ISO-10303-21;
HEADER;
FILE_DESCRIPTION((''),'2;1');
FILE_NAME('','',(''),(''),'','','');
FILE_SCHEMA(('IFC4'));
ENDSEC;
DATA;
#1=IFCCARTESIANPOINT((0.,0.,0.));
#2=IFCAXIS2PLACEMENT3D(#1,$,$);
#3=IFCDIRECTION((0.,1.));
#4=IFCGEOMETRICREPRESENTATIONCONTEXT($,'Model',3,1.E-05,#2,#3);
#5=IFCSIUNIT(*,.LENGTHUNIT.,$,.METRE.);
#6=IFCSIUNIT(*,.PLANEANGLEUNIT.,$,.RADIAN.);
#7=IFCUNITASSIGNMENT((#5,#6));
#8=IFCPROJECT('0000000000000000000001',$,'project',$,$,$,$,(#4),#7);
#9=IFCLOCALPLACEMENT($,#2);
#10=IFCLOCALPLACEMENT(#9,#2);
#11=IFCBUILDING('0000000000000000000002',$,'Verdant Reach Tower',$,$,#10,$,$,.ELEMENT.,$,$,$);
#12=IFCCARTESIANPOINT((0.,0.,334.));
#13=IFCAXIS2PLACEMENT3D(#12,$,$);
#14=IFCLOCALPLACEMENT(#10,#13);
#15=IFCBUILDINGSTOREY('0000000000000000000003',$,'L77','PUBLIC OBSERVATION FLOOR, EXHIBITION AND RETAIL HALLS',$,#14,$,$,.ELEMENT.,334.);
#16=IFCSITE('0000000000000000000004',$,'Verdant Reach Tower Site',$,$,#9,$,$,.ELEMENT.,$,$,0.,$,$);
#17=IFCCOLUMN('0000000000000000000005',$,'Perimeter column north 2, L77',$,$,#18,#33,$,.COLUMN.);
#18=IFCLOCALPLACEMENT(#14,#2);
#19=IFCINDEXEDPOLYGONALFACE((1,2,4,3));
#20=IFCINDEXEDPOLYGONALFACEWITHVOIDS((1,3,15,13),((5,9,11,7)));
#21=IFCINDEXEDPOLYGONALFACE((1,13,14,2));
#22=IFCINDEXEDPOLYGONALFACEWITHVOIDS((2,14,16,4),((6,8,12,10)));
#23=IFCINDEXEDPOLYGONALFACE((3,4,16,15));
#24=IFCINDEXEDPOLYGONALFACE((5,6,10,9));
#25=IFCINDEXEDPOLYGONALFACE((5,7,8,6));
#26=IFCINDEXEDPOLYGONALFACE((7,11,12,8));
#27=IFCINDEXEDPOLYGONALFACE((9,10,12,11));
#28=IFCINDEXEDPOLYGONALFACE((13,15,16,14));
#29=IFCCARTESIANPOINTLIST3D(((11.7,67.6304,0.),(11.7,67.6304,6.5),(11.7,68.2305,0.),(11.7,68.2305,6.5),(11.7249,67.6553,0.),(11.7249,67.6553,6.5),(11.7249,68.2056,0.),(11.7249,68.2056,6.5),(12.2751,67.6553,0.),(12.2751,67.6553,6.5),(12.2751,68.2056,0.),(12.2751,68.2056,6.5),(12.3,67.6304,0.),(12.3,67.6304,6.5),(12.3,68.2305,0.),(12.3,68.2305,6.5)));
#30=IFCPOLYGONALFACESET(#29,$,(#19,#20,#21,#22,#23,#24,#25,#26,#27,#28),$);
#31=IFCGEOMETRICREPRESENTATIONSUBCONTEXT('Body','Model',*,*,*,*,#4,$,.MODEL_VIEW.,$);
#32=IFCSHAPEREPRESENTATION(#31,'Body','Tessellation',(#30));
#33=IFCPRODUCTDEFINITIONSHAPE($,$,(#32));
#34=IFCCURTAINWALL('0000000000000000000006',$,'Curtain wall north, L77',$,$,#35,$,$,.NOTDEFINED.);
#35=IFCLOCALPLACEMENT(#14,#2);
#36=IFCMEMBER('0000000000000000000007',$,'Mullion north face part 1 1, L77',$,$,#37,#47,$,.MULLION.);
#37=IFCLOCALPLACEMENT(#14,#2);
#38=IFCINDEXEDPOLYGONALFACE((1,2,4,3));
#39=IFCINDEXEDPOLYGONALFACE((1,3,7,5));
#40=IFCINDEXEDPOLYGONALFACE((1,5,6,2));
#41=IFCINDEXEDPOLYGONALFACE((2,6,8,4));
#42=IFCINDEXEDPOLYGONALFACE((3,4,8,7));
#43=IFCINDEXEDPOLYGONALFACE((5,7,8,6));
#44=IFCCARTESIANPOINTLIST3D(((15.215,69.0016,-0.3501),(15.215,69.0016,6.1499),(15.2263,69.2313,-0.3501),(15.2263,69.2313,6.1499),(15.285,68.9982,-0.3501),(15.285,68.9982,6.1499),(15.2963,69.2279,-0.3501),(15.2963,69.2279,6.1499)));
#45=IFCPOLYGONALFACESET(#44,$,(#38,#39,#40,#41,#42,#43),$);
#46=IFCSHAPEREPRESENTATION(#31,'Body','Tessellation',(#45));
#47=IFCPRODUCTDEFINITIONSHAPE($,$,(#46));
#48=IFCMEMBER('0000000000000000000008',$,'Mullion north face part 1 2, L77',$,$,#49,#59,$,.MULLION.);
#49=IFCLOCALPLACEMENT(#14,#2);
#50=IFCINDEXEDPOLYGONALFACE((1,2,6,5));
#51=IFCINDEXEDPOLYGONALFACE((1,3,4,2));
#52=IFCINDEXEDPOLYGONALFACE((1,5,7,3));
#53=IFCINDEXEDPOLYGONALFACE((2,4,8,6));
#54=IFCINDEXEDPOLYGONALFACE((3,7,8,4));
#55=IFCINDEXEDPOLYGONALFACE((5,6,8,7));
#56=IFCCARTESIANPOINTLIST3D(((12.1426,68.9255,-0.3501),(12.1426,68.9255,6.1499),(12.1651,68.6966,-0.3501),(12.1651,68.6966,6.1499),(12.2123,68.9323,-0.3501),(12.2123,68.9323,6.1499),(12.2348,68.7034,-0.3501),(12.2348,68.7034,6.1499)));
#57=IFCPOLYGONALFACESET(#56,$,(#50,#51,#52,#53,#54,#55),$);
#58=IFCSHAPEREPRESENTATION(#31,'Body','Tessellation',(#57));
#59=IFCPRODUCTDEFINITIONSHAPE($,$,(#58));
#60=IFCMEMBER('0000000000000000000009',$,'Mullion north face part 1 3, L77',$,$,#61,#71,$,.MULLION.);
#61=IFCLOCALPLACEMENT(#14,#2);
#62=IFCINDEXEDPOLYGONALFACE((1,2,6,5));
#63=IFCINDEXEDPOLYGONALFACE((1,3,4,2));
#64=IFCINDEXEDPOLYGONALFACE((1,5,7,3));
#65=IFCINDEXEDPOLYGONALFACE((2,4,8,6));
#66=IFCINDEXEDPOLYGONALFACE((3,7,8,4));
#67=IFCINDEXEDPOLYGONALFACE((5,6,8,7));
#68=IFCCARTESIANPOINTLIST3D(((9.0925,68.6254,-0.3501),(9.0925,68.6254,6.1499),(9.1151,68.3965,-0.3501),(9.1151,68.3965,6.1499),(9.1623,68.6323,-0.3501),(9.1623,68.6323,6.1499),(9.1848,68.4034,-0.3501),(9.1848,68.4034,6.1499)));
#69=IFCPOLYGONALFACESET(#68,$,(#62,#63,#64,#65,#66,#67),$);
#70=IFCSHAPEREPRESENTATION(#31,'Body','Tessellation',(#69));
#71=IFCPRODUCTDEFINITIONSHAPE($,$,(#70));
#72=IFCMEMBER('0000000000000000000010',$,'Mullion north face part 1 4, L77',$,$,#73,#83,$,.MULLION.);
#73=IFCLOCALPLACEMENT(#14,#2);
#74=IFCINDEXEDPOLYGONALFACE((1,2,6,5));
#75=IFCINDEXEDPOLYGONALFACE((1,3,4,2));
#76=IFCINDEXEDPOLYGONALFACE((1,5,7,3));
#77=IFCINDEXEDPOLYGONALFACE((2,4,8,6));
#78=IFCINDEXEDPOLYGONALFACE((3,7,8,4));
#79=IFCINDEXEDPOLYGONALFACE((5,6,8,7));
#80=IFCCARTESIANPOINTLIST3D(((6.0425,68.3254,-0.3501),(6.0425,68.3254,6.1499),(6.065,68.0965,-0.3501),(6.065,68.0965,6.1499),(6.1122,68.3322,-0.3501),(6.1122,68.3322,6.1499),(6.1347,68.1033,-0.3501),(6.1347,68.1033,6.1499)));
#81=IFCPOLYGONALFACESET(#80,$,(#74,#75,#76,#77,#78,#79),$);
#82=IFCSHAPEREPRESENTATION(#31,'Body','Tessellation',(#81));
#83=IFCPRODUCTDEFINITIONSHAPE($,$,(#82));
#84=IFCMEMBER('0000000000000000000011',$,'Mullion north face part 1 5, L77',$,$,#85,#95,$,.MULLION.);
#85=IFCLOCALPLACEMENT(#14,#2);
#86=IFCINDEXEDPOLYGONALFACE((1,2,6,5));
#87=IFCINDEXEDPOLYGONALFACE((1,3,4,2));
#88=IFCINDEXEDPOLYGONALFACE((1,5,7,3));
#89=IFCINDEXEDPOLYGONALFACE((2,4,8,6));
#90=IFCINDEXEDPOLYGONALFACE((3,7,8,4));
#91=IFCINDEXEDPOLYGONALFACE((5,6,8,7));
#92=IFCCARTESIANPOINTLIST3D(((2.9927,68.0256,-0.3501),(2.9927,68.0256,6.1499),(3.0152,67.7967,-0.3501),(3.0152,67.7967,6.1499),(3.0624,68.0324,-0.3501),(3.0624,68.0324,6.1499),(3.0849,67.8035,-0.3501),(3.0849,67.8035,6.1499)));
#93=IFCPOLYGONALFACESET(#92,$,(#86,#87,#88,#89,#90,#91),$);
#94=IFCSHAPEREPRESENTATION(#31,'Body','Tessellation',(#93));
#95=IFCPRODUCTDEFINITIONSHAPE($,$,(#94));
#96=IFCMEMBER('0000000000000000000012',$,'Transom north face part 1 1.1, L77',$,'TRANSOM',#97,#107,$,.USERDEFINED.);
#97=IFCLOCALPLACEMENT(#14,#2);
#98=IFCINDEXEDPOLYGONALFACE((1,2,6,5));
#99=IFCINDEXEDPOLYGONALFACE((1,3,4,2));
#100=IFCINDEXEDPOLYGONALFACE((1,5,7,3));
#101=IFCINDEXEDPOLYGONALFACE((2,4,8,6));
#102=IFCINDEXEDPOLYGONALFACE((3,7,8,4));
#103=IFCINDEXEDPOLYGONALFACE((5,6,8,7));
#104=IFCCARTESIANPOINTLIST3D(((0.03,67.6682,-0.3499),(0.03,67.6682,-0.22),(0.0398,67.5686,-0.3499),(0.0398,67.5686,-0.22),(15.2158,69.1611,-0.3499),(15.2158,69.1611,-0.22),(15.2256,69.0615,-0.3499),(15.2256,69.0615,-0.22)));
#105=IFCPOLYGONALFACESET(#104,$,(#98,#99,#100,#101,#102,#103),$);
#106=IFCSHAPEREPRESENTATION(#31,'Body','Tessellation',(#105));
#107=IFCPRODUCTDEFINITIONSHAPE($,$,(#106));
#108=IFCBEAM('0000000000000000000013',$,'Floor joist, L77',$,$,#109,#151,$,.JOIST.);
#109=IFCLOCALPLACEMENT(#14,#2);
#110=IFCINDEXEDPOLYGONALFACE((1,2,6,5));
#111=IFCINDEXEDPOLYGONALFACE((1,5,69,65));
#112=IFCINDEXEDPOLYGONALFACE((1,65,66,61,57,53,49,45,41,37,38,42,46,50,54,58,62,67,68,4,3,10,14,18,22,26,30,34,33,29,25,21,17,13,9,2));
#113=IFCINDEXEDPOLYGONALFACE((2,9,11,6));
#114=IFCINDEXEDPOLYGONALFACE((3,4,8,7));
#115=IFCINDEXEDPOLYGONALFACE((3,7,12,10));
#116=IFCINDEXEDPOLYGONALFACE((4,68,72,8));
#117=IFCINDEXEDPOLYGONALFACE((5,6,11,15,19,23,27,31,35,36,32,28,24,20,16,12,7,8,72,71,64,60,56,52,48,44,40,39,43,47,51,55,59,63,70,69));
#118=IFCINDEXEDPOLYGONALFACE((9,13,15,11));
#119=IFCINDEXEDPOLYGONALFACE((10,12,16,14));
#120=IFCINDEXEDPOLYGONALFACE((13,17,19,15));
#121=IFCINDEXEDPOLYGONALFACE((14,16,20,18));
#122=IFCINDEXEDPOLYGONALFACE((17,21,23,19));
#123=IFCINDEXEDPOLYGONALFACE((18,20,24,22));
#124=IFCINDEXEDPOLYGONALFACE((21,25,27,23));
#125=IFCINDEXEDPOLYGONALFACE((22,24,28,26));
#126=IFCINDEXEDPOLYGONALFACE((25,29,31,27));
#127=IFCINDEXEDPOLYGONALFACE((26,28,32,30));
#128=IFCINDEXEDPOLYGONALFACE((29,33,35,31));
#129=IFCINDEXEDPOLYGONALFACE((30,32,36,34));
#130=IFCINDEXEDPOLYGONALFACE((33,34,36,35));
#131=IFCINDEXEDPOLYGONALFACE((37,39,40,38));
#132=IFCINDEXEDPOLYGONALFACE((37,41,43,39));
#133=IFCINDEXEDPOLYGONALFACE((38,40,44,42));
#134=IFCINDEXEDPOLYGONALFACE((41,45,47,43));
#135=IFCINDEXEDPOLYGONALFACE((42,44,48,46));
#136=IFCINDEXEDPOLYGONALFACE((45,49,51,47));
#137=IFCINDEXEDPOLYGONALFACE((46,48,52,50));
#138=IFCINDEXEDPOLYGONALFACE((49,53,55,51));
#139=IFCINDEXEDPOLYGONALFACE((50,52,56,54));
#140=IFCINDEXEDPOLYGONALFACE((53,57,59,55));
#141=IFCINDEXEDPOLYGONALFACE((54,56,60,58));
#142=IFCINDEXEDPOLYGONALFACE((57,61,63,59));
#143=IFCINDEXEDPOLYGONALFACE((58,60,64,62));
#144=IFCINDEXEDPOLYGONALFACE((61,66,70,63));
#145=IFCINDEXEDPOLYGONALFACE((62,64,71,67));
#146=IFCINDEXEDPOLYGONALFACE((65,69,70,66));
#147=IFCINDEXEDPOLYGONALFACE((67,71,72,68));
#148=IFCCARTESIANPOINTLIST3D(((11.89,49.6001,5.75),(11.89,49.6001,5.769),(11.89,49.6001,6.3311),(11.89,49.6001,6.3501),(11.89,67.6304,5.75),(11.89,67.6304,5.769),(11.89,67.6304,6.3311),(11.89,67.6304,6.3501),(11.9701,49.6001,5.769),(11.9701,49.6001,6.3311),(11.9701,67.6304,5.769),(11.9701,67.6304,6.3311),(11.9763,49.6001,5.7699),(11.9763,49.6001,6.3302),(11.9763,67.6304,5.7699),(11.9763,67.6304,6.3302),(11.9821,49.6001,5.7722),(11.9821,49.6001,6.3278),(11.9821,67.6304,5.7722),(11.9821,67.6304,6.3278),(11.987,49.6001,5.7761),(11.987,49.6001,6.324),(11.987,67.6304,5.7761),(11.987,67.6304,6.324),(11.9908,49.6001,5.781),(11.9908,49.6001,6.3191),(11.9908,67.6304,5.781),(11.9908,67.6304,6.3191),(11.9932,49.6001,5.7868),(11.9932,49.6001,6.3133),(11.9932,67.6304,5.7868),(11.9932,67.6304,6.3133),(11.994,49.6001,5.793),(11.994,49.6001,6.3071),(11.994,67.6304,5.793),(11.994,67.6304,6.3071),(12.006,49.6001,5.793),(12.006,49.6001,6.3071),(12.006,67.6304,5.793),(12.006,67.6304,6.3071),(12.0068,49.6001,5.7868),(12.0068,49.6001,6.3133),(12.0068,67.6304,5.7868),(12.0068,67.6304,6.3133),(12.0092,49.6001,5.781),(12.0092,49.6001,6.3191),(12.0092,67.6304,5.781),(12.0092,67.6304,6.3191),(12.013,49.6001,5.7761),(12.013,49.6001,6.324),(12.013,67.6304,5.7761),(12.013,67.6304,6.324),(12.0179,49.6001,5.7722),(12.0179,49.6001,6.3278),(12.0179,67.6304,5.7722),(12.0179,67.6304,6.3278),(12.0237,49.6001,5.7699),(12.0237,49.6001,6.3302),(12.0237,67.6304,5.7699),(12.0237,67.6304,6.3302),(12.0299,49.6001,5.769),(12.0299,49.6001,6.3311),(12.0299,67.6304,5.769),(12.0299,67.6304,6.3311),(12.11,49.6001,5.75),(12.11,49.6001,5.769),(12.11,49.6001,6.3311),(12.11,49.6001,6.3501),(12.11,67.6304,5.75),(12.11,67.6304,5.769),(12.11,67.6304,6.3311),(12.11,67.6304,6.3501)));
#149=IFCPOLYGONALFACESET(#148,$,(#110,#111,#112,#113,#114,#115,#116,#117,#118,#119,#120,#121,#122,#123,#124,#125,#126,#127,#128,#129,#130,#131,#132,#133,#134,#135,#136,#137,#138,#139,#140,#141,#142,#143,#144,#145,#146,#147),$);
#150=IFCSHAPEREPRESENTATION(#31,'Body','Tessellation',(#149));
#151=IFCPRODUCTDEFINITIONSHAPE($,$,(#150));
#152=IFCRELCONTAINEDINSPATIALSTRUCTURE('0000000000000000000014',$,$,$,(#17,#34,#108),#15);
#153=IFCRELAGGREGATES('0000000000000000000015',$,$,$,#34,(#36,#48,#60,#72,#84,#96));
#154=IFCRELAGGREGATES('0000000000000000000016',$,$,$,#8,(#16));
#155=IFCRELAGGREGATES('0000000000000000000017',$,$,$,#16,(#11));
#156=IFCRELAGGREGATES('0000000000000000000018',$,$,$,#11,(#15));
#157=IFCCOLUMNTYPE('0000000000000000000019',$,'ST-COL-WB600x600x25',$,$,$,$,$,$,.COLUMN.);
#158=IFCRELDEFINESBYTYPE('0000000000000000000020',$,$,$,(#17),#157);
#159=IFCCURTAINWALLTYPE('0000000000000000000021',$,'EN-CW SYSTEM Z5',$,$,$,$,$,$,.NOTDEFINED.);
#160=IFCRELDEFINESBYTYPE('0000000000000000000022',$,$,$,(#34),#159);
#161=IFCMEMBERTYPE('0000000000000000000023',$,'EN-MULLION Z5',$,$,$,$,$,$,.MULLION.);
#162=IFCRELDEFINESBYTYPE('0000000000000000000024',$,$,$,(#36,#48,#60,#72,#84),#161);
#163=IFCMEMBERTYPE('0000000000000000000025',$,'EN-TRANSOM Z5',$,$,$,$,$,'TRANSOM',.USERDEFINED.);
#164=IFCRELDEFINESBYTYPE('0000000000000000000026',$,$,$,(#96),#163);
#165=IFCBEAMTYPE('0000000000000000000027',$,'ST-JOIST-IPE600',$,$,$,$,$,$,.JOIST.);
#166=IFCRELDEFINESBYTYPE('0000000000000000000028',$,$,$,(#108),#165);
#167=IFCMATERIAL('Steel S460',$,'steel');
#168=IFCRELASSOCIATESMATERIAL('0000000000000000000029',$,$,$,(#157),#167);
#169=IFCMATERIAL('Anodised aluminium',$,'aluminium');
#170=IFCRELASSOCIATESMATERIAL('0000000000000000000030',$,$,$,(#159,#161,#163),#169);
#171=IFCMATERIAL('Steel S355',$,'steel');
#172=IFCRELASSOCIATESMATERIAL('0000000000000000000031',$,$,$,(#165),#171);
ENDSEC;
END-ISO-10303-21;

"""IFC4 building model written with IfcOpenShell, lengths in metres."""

from ifc_helpers import new_model, si_unit, direction, frame, origin, origin_2d, place, context, subcontext, project, spatial, rectangle, hollow_rectangle, i_section, extrude, material, material_profile, profile_set, type_object, element, aggregate, save


model = new_model("IFC4")

# Units and contexts
model_context = context("Model", 3, precision=1e-05, world=origin(), true_north=direction((0.0, 1.0)))
body_context = subcontext(model_context, "Body", "Model", "MODEL_VIEW")
ifc_project = project(units=[si_unit("LENGTHUNIT", "METRE"), si_unit("PLANEANGLEUNIT", "RADIAN")], contexts=[model_context])

# Site, building, storey
site_placement = place(None, origin())
site = spatial("IfcSite", under=ifc_project, at=site_placement, Name="Verdant Reach Tower Site", CompositionType="ELEMENT", RefElevation=0.0)
building_placement = place(site_placement, origin())
building = spatial("IfcBuilding", under=site, at=building_placement, Name="Verdant Reach Tower", CompositionType="ELEMENT")
storey_placement = place(building_placement, frame((0.0, 0.0, 334.0)))
storey = spatial("IfcBuildingStorey", under=building, at=storey_placement, Name="L77", Description="PUBLIC OBSERVATION FLOOR, EXHIBITION AND RETAIL HALLS", CompositionType="ELEMENT", Elevation=334.0)

# Column
ifc_material_1 = material(Name="Steel S460", Category="steel")
ifc_material_profile_1 = material_profile(ifc_material_1, hollow_rectangle(XDim=0.6001, YDim=0.6001, WallThickness=0.0249, at=origin_2d()), Name="WB 600x600x25")
ifc_profile_set_1 = profile_set([ifc_material_profile_1], Name="Steel S460")
column_type = type_object("IfcColumnType", Name="ST-COL-WB600x600x25", PredefinedType="COLUMN", material=ifc_profile_set_1)
column_placement = place(storey_placement, frame((12.0, 67.9304, 0.0), z_axis=(0.0, 0.0, 1.0), x_axis=(1.0, 0.0, 0.0)))
element("IfcColumn", 1, at=column_placement, inside=storey, type_object=column_type, Name="Perimeter column north 2, L77", PredefinedType="COLUMN", context=body_context, shape_type="SweptSolid", body=[
    extrude(hollow_rectangle(XDim=0.6001, YDim=0.6001, WallThickness=0.0249, at=origin_2d()), origin(), (0.0, 0.0, 1.0), 6.5),
])

# Curtain wall, members
ifc_material_2 = material(Name="Anodised aluminium", Category="aluminium")
curtain_wall_type = type_object("IfcCurtainWallType", Name="EN-CW SYSTEM Z5", PredefinedType="NOTDEFINED", material=ifc_material_2)
curtain_wall_1_placement = place(storey_placement, origin())
curtain_wall_1 = element("IfcCurtainWall", 2, at=curtain_wall_1_placement, inside=storey, type_object=curtain_wall_type, Name="Curtain wall north, L77", PredefinedType="NOTDEFINED")
ifc_material_profile_2 = material_profile(ifc_material_2, rectangle(XDim=0.23, YDim=0.0701, at=origin_2d()), Name="Mullion 70x230")
ifc_profile_set_2 = profile_set([ifc_material_profile_2], Name="Anodised aluminium")
member_type_1 = type_object("IfcMemberType", Name="EN-MULLION Z5", PredefinedType="MULLION", material=ifc_profile_set_2)
member_1_placement = place(storey_placement, frame((15.2556, 69.1147, -0.3501), z_axis=(0.0, 0.0, 1.0), x_axis=(0.049128, 0.998793, 0.0)))
member_1 = element("IfcMember", 3, at=member_1_placement, type_object=member_type_1, Name="Mullion north face part 1 1, L77", PredefinedType="MULLION", context=body_context, shape_type="SweptSolid", body=[
    extrude(rectangle(XDim=0.23, YDim=0.0701, at=origin_2d()), origin(), (0.0, 0.0, 1.0), 6.5),
])
member_2_placement = place(storey_placement, frame((12.1887, 68.8145, -0.3501), z_axis=(0.0, 0.0, 1.0), x_axis=(-0.097888, 0.995197, 0.0)))
member_2 = element("IfcMember", 4, at=member_2_placement, type_object=member_type_1, Name="Mullion north face part 1 2, L77", PredefinedType="MULLION", context=body_context, shape_type="SweptSolid", body=[
    extrude(rectangle(XDim=0.23, YDim=0.0701, at=origin_2d()), origin(), (0.0, 0.0, 1.0), 6.5),
])
member_3_placement = place(storey_placement, frame((9.1387, 68.5144, -0.3501), z_axis=(0.0, 0.0, 1.0), x_axis=(-0.097888, 0.995197, 0.0)))
member_3 = element("IfcMember", 5, at=member_3_placement, type_object=member_type_1, Name="Mullion north face part 1 3, L77", PredefinedType="MULLION", context=body_context, shape_type="SweptSolid", body=[
    extrude(rectangle(XDim=0.23, YDim=0.0701, at=origin_2d()), origin(), (0.0, 0.0, 1.0), 6.5),
])
member_4_placement = place(storey_placement, frame((6.0886, 68.2144, -0.3501), z_axis=(0.0, 0.0, 1.0), x_axis=(-0.097888, 0.995197, 0.0)))
member_4 = element("IfcMember", 6, at=member_4_placement, type_object=member_type_1, Name="Mullion north face part 1 4, L77", PredefinedType="MULLION", context=body_context, shape_type="SweptSolid", body=[
    extrude(rectangle(XDim=0.23, YDim=0.0701, at=origin_2d()), origin(), (0.0, 0.0, 1.0), 6.5),
])
member_5_placement = place(storey_placement, frame((3.0388, 67.9146, -0.3501), z_axis=(0.0, 0.0, 1.0), x_axis=(-0.097888, 0.995197, 0.0)))
member_5 = element("IfcMember", 7, at=member_5_placement, type_object=member_type_1, Name="Mullion north face part 1 5, L77", PredefinedType="MULLION", context=body_context, shape_type="SweptSolid", body=[
    extrude(rectangle(XDim=0.23, YDim=0.0701, at=origin_2d()), origin(), (0.0, 0.0, 1.0), 6.5),
])
ifc_material_profile_3 = material_profile(ifc_material_2, rectangle(XDim=0.1001, YDim=0.1299, at=origin_2d()), Name="Transom 130x100")
ifc_profile_set_3 = profile_set([ifc_material_profile_3], Name="Anodised aluminium")
member_type_2 = type_object("IfcMemberType", Name="EN-TRANSOM Z5", ElementType="TRANSOM", PredefinedType="USERDEFINED", material=ifc_profile_set_3)
member_6_placement = place(storey_placement, frame((15.2207, 69.1113, -0.2849), z_axis=(-0.995202, -0.097839, 0.0), x_axis=(0.097839, -0.995202, 0.0)))
member_6 = element("IfcMember", 8, at=member_6_placement, type_object=member_type_2, Name="Transom north face part 1 1.1, L77", ObjectType="TRANSOM", PredefinedType="USERDEFINED", context=body_context, shape_type="SweptSolid", body=[
    extrude(rectangle(XDim=0.1001, YDim=0.1299, at=origin_2d()), origin(), (0.0, 0.0, 1.0), 15.259),
])

# Beam
ifc_material_3 = material(Name="Steel S355", Category="steel")
ifc_material_profile_4 = material_profile(ifc_material_3, i_section(OverallWidth=0.22, OverallDepth=0.6001, WebThickness=0.012, FlangeThickness=0.019, FilletRadius=0.0239, at=origin_2d()), Name="IPE 600")
ifc_profile_set_4 = profile_set([ifc_material_profile_4], Name="Steel S355")
beam_type_1 = type_object("IfcBeamType", Name="ST-JOIST-IPE600", PredefinedType="JOIST", material=ifc_profile_set_4)
beam_1_placement = place(storey_placement, frame((12.0, 49.6001, 6.05), z_axis=(0.0, 1.0, 0.0), x_axis=(-1.0, 0.0, 0.0)))
element("IfcBeam", 9, at=beam_1_placement, inside=storey, type_object=beam_type_1, Name="Floor joist, L77", PredefinedType="JOIST", context=body_context, shape_type="SweptSolid", body=[
    extrude(i_section(OverallWidth=0.22, OverallDepth=0.6001, WebThickness=0.012, FlangeThickness=0.019, FilletRadius=0.0239, at=origin_2d()), origin(), (0.0, 0.0, 1.0), 18.0303),
])

aggregate(curtain_wall_1, [member_1, member_2, member_3, member_4, member_5, member_6])

save(model, "model.ifc")
